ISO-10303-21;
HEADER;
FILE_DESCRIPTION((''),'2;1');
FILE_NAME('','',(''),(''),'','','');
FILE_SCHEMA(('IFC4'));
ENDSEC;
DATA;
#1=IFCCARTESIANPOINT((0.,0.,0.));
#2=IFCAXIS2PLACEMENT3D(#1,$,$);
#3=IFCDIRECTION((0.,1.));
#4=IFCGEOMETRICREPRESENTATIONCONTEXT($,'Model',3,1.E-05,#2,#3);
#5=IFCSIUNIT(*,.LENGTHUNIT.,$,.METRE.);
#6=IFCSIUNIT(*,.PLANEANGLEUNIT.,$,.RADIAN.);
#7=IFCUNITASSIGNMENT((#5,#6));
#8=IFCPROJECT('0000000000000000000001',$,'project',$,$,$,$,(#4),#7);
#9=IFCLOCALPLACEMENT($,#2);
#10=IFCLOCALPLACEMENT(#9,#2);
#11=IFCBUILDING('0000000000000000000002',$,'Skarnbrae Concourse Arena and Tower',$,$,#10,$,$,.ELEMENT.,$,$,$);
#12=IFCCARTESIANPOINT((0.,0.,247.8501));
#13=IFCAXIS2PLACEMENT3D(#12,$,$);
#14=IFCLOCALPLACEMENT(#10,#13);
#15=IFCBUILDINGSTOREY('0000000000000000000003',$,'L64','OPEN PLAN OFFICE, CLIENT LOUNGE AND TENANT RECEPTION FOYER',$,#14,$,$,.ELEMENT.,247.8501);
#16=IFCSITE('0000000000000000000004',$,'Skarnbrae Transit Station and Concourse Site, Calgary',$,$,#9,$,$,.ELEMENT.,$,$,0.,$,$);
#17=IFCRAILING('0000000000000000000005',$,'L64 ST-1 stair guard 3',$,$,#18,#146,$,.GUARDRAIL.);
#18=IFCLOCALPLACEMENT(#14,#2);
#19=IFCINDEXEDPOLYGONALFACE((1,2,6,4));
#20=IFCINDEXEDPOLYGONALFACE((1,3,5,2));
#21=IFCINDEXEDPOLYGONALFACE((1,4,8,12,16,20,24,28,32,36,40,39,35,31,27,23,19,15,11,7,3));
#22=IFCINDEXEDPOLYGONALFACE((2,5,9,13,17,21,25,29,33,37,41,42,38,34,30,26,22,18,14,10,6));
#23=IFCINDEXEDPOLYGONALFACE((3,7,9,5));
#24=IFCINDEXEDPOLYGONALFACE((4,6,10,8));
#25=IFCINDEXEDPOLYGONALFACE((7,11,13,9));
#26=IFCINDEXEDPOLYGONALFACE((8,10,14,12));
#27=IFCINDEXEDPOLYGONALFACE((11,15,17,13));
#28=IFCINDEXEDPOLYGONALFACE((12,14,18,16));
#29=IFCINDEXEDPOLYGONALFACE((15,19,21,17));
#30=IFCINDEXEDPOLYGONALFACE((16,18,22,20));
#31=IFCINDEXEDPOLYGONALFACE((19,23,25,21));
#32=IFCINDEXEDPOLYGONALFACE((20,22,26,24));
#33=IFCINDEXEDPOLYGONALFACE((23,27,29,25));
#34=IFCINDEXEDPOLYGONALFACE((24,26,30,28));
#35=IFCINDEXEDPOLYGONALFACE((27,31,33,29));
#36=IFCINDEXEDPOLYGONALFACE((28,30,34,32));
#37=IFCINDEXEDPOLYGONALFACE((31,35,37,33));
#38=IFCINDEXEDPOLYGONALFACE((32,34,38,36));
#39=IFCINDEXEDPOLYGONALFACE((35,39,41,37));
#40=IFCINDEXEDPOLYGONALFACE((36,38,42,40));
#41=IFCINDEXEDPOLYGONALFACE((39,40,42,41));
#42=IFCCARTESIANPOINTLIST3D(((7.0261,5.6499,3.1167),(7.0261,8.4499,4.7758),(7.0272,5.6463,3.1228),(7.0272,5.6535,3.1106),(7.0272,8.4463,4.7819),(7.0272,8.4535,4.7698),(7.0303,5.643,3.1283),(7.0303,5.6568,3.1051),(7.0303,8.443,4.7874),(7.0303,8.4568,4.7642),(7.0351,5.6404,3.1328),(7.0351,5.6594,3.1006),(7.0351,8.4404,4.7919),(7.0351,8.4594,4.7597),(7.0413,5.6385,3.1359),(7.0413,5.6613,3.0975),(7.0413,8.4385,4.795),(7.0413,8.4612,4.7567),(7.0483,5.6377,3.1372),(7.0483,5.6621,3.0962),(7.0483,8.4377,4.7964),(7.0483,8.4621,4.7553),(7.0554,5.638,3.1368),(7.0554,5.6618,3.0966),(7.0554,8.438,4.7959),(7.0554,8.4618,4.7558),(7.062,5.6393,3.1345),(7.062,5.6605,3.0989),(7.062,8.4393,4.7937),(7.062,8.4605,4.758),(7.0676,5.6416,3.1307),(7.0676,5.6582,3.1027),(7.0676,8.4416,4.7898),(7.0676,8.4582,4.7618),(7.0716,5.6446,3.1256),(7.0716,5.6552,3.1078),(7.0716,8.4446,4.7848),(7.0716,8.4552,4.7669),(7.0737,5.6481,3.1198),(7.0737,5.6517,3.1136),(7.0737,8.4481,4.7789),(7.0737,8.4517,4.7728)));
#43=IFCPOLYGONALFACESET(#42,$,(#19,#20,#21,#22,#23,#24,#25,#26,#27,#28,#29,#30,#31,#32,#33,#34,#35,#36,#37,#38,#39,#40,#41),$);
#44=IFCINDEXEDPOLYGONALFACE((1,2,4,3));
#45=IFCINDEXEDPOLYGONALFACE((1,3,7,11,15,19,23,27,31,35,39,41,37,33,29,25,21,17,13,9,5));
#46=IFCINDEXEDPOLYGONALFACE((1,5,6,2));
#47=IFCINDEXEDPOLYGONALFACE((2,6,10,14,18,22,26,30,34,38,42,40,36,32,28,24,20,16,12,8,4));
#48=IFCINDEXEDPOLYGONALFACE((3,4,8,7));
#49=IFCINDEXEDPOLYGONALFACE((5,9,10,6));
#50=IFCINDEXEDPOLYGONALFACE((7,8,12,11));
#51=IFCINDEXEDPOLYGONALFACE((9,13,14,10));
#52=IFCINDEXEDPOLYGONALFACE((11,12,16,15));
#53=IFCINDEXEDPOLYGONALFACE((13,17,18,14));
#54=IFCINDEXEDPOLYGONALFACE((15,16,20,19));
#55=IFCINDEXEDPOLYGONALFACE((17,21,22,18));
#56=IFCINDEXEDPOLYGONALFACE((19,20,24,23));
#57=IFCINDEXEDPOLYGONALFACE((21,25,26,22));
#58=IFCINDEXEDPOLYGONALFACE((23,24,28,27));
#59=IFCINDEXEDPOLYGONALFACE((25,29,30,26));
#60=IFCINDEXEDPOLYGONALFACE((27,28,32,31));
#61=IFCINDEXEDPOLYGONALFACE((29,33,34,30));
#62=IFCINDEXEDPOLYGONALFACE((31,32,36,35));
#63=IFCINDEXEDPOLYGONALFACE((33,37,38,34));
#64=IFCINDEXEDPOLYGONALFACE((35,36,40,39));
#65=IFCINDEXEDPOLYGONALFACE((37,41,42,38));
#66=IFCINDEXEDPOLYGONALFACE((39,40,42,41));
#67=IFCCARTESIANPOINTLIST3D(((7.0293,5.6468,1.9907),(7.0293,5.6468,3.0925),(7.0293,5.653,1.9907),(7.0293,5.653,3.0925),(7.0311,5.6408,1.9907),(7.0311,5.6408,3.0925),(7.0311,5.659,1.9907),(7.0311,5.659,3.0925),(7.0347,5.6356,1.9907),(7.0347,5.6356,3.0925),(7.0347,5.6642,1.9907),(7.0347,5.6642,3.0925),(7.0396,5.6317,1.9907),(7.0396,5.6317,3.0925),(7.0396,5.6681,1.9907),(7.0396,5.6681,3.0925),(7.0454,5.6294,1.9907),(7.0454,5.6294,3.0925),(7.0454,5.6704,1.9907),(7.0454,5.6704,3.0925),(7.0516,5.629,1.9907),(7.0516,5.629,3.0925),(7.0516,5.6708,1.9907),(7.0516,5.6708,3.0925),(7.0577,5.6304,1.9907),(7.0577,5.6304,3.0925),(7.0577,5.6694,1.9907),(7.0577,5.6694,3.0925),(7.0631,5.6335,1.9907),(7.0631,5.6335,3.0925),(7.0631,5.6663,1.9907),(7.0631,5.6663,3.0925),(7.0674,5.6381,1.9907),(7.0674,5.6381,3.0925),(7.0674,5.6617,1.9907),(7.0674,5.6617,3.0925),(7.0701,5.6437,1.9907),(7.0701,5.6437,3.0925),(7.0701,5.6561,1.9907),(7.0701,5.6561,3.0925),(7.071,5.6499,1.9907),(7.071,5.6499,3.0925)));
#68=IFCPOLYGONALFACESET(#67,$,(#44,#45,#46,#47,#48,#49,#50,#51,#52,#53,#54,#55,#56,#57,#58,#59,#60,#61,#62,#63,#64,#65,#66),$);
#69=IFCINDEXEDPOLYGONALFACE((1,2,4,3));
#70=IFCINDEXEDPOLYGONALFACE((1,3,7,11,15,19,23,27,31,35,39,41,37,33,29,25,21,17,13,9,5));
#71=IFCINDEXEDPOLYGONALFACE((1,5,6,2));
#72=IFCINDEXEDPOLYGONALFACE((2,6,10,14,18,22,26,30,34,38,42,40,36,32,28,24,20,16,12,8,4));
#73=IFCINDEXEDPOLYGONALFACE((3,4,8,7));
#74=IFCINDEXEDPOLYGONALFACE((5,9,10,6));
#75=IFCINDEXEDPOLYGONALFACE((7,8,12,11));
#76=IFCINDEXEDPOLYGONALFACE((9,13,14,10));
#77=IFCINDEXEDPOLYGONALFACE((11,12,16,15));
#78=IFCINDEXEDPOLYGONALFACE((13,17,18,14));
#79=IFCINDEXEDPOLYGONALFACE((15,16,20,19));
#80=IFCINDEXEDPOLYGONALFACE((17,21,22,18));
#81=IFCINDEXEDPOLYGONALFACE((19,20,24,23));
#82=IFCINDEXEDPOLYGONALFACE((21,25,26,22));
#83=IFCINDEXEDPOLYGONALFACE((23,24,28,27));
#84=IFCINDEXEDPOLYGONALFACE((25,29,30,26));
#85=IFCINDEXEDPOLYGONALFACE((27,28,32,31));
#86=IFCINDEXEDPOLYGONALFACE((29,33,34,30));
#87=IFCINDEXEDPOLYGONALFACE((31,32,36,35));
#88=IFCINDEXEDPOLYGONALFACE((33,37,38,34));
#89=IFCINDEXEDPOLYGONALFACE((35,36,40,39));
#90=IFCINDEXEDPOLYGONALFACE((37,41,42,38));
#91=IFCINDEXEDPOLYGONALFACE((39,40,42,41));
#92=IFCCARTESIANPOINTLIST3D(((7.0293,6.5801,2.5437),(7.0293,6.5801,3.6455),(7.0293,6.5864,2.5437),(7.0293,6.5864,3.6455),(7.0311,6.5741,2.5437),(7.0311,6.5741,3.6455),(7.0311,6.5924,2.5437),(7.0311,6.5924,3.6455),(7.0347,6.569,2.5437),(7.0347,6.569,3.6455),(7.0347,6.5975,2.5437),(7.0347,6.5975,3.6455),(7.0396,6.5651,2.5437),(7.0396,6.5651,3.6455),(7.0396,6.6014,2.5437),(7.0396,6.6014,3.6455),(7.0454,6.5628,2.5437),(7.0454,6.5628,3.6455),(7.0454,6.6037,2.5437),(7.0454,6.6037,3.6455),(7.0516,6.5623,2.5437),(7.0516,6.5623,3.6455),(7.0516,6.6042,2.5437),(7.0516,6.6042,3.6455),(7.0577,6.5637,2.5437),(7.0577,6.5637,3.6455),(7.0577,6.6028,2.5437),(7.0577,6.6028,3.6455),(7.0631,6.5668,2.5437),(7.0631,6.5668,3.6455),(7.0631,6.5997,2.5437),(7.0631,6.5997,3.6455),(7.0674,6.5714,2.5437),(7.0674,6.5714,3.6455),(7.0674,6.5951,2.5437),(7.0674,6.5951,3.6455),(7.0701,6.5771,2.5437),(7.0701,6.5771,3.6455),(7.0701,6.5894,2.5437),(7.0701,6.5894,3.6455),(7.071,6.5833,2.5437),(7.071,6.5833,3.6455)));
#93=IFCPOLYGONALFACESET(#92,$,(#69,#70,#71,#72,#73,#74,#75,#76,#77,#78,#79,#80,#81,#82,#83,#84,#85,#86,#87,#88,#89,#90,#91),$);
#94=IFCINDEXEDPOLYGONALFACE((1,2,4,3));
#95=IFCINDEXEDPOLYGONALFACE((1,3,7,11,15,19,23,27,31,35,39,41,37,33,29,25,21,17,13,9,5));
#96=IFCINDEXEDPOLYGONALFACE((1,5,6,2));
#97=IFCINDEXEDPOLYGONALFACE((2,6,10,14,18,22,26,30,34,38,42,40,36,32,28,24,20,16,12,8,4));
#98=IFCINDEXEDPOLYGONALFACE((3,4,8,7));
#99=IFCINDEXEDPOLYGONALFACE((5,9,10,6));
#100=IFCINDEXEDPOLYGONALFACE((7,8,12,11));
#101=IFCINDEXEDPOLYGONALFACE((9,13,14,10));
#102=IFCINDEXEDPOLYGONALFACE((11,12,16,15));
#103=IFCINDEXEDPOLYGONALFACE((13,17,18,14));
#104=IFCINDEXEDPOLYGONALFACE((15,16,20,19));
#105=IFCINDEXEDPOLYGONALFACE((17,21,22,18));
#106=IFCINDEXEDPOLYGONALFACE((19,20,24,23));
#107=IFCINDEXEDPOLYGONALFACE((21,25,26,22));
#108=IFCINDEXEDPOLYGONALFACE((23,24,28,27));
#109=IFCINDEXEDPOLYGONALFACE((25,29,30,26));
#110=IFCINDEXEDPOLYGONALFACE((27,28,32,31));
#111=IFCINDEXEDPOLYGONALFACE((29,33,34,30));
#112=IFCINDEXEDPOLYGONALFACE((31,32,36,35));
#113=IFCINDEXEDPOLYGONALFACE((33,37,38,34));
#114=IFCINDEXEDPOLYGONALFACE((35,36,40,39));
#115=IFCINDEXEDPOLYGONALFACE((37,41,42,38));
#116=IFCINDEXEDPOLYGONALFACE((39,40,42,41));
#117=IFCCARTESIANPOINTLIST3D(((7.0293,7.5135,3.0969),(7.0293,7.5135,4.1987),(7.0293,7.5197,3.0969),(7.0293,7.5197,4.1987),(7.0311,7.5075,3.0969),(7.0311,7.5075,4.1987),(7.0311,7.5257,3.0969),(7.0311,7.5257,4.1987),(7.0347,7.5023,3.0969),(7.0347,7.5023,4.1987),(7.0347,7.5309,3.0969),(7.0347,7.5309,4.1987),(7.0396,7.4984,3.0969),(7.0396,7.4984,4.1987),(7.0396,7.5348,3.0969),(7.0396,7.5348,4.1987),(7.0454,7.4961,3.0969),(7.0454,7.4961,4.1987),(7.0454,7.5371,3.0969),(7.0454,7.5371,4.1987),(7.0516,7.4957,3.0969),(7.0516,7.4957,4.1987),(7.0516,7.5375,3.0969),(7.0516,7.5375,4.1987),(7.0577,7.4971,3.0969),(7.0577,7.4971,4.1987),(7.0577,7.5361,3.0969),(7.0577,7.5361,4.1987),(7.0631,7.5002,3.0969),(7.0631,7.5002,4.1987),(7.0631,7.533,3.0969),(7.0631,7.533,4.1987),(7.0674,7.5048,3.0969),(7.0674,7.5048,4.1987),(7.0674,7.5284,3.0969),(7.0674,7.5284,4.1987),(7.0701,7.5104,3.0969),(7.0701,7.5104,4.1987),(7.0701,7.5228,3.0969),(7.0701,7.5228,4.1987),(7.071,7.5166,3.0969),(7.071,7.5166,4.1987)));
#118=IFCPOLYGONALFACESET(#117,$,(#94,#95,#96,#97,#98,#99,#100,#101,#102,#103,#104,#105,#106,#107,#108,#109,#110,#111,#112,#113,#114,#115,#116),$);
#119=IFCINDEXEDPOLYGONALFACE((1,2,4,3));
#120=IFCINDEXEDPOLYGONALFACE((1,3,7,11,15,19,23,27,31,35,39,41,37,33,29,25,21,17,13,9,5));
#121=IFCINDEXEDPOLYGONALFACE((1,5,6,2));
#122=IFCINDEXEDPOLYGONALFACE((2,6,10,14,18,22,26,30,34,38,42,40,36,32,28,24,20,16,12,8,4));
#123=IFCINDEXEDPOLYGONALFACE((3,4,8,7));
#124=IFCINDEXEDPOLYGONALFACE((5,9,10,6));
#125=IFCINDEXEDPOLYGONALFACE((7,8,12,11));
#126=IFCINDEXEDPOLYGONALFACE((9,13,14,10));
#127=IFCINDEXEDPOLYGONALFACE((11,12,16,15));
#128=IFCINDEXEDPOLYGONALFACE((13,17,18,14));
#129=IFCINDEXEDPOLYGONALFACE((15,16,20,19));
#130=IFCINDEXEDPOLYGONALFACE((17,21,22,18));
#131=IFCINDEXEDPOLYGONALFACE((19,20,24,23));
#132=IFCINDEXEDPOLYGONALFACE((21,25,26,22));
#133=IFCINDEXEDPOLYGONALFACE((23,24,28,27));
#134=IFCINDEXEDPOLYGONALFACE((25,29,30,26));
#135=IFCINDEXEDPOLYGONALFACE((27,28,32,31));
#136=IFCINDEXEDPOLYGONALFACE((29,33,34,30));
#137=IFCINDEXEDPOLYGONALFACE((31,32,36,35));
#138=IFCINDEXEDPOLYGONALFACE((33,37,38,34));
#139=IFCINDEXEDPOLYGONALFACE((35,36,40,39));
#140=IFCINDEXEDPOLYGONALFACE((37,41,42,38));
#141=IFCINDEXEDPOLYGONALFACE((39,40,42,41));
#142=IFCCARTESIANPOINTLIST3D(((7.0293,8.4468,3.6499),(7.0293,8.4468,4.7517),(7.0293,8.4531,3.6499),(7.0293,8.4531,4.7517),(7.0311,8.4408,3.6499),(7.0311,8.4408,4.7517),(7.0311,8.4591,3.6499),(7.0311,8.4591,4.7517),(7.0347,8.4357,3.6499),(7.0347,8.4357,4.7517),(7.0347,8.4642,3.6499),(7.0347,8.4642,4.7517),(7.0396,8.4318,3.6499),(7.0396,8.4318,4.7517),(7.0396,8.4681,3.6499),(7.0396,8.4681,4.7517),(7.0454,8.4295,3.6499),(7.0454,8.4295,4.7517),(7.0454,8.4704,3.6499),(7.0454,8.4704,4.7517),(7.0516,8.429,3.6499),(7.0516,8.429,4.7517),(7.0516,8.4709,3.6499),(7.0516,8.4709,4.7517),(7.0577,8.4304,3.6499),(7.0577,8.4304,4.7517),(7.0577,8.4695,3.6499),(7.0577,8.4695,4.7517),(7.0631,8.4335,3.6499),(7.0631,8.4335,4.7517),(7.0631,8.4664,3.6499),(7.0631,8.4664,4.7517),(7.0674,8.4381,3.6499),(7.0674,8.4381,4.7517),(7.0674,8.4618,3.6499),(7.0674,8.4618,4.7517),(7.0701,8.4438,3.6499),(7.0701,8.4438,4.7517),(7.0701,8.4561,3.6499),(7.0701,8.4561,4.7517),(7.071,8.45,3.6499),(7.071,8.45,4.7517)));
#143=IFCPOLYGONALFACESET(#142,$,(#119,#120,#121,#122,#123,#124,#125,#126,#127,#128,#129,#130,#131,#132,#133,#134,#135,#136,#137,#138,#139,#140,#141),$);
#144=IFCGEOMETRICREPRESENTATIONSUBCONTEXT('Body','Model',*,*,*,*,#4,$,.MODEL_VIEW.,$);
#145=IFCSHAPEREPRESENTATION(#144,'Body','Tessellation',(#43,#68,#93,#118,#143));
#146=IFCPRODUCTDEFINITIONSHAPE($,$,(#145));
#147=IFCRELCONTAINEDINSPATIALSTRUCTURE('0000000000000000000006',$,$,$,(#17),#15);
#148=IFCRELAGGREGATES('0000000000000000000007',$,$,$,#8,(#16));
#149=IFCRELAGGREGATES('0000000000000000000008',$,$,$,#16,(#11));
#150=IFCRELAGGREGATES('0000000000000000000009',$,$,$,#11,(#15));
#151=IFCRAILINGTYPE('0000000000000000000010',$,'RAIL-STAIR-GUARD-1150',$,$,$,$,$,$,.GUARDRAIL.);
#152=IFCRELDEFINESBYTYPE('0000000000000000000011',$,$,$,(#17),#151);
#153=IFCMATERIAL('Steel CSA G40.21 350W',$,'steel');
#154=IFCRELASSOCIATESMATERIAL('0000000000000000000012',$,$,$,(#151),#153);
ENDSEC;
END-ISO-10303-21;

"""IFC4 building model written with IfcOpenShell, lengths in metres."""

from ifc_helpers import new_model, si_unit, direction, frame, origin, origin_2d, place, context, subcontext, project, spatial, circle, extrude, material, type_object, element, save


model = new_model("IFC4")

# Units and contexts
model_context = context("Model", 3, precision=1e-05, world=origin(), true_north=direction((0.0, 1.0)))
body_context = subcontext(model_context, "Body", "Model", "MODEL_VIEW")
ifc_project = project(units=[si_unit("LENGTHUNIT", "METRE"), si_unit("PLANEANGLEUNIT", "RADIAN")], contexts=[model_context])

# Site, building, storey
site_placement = place(None, origin())
site = spatial("IfcSite", under=ifc_project, at=site_placement, Name="Skarnbrae Transit Station and Concourse Site, Calgary", CompositionType="ELEMENT", RefElevation=0.0)
building_placement = place(site_placement, origin())
building = spatial("IfcBuilding", under=site, at=building_placement, Name="Skarnbrae Concourse Arena and Tower", CompositionType="ELEMENT")
storey_placement = place(building_placement, frame((0.0, 0.0, 247.8501)))
storey = spatial("IfcBuildingStorey", under=building, at=storey_placement, Name="L64", Description="OPEN PLAN OFFICE, CLIENT LOUNGE AND TENANT RECEPTION FOYER", CompositionType="ELEMENT", Elevation=247.8501)

# Shared definitions
ifc_material_1 = material(Name="Steel CSA G40.21 350W", Category="steel")

# Railing
railing_type_1 = type_object("IfcRailingType", Name="RAIL-STAIR-GUARD-1150", PredefinedType="GUARDRAIL", material=ifc_material_1)
railing_1_placement = place(storey_placement, frame((7.05, 5.6499, 1.9907)))
element("IfcRailing", 1, at=railing_1_placement, inside=storey, type_object=railing_type_1, Name="L64 ST-1 stair guard 3", PredefinedType="GUARDRAIL", context=body_context, shape_type="SweptSolid", body=[
    extrude(circle(Radius=0.0239, at=origin_2d()), frame((0.0, 0.0, 1.126), z_axis=(0.0, 0.860306, 0.509778), x_axis=(-1.0, 0.0, 0.0)), (0.0, 0.0, 1.0), 3.2546),
    extrude(circle(Radius=0.021, at=origin_2d()), origin(), (0.0, 0.0, 1.0), 1.1018),
    extrude(circle(Radius=0.021, at=origin_2d()), frame((0.0, 0.9333, 0.553)), (0.0, 0.0, 1.0), 1.1018),
    extrude(circle(Radius=0.021, at=origin_2d()), frame((0.0, 1.8667, 1.1062)), (0.0, 0.0, 1.0), 1.1018),
    extrude(circle(Radius=0.021, at=origin_2d()), frame((0.0, 2.8, 1.6592)), (0.0, 0.0, 1.0), 1.1018),
])

save(model, "model.ifc")
